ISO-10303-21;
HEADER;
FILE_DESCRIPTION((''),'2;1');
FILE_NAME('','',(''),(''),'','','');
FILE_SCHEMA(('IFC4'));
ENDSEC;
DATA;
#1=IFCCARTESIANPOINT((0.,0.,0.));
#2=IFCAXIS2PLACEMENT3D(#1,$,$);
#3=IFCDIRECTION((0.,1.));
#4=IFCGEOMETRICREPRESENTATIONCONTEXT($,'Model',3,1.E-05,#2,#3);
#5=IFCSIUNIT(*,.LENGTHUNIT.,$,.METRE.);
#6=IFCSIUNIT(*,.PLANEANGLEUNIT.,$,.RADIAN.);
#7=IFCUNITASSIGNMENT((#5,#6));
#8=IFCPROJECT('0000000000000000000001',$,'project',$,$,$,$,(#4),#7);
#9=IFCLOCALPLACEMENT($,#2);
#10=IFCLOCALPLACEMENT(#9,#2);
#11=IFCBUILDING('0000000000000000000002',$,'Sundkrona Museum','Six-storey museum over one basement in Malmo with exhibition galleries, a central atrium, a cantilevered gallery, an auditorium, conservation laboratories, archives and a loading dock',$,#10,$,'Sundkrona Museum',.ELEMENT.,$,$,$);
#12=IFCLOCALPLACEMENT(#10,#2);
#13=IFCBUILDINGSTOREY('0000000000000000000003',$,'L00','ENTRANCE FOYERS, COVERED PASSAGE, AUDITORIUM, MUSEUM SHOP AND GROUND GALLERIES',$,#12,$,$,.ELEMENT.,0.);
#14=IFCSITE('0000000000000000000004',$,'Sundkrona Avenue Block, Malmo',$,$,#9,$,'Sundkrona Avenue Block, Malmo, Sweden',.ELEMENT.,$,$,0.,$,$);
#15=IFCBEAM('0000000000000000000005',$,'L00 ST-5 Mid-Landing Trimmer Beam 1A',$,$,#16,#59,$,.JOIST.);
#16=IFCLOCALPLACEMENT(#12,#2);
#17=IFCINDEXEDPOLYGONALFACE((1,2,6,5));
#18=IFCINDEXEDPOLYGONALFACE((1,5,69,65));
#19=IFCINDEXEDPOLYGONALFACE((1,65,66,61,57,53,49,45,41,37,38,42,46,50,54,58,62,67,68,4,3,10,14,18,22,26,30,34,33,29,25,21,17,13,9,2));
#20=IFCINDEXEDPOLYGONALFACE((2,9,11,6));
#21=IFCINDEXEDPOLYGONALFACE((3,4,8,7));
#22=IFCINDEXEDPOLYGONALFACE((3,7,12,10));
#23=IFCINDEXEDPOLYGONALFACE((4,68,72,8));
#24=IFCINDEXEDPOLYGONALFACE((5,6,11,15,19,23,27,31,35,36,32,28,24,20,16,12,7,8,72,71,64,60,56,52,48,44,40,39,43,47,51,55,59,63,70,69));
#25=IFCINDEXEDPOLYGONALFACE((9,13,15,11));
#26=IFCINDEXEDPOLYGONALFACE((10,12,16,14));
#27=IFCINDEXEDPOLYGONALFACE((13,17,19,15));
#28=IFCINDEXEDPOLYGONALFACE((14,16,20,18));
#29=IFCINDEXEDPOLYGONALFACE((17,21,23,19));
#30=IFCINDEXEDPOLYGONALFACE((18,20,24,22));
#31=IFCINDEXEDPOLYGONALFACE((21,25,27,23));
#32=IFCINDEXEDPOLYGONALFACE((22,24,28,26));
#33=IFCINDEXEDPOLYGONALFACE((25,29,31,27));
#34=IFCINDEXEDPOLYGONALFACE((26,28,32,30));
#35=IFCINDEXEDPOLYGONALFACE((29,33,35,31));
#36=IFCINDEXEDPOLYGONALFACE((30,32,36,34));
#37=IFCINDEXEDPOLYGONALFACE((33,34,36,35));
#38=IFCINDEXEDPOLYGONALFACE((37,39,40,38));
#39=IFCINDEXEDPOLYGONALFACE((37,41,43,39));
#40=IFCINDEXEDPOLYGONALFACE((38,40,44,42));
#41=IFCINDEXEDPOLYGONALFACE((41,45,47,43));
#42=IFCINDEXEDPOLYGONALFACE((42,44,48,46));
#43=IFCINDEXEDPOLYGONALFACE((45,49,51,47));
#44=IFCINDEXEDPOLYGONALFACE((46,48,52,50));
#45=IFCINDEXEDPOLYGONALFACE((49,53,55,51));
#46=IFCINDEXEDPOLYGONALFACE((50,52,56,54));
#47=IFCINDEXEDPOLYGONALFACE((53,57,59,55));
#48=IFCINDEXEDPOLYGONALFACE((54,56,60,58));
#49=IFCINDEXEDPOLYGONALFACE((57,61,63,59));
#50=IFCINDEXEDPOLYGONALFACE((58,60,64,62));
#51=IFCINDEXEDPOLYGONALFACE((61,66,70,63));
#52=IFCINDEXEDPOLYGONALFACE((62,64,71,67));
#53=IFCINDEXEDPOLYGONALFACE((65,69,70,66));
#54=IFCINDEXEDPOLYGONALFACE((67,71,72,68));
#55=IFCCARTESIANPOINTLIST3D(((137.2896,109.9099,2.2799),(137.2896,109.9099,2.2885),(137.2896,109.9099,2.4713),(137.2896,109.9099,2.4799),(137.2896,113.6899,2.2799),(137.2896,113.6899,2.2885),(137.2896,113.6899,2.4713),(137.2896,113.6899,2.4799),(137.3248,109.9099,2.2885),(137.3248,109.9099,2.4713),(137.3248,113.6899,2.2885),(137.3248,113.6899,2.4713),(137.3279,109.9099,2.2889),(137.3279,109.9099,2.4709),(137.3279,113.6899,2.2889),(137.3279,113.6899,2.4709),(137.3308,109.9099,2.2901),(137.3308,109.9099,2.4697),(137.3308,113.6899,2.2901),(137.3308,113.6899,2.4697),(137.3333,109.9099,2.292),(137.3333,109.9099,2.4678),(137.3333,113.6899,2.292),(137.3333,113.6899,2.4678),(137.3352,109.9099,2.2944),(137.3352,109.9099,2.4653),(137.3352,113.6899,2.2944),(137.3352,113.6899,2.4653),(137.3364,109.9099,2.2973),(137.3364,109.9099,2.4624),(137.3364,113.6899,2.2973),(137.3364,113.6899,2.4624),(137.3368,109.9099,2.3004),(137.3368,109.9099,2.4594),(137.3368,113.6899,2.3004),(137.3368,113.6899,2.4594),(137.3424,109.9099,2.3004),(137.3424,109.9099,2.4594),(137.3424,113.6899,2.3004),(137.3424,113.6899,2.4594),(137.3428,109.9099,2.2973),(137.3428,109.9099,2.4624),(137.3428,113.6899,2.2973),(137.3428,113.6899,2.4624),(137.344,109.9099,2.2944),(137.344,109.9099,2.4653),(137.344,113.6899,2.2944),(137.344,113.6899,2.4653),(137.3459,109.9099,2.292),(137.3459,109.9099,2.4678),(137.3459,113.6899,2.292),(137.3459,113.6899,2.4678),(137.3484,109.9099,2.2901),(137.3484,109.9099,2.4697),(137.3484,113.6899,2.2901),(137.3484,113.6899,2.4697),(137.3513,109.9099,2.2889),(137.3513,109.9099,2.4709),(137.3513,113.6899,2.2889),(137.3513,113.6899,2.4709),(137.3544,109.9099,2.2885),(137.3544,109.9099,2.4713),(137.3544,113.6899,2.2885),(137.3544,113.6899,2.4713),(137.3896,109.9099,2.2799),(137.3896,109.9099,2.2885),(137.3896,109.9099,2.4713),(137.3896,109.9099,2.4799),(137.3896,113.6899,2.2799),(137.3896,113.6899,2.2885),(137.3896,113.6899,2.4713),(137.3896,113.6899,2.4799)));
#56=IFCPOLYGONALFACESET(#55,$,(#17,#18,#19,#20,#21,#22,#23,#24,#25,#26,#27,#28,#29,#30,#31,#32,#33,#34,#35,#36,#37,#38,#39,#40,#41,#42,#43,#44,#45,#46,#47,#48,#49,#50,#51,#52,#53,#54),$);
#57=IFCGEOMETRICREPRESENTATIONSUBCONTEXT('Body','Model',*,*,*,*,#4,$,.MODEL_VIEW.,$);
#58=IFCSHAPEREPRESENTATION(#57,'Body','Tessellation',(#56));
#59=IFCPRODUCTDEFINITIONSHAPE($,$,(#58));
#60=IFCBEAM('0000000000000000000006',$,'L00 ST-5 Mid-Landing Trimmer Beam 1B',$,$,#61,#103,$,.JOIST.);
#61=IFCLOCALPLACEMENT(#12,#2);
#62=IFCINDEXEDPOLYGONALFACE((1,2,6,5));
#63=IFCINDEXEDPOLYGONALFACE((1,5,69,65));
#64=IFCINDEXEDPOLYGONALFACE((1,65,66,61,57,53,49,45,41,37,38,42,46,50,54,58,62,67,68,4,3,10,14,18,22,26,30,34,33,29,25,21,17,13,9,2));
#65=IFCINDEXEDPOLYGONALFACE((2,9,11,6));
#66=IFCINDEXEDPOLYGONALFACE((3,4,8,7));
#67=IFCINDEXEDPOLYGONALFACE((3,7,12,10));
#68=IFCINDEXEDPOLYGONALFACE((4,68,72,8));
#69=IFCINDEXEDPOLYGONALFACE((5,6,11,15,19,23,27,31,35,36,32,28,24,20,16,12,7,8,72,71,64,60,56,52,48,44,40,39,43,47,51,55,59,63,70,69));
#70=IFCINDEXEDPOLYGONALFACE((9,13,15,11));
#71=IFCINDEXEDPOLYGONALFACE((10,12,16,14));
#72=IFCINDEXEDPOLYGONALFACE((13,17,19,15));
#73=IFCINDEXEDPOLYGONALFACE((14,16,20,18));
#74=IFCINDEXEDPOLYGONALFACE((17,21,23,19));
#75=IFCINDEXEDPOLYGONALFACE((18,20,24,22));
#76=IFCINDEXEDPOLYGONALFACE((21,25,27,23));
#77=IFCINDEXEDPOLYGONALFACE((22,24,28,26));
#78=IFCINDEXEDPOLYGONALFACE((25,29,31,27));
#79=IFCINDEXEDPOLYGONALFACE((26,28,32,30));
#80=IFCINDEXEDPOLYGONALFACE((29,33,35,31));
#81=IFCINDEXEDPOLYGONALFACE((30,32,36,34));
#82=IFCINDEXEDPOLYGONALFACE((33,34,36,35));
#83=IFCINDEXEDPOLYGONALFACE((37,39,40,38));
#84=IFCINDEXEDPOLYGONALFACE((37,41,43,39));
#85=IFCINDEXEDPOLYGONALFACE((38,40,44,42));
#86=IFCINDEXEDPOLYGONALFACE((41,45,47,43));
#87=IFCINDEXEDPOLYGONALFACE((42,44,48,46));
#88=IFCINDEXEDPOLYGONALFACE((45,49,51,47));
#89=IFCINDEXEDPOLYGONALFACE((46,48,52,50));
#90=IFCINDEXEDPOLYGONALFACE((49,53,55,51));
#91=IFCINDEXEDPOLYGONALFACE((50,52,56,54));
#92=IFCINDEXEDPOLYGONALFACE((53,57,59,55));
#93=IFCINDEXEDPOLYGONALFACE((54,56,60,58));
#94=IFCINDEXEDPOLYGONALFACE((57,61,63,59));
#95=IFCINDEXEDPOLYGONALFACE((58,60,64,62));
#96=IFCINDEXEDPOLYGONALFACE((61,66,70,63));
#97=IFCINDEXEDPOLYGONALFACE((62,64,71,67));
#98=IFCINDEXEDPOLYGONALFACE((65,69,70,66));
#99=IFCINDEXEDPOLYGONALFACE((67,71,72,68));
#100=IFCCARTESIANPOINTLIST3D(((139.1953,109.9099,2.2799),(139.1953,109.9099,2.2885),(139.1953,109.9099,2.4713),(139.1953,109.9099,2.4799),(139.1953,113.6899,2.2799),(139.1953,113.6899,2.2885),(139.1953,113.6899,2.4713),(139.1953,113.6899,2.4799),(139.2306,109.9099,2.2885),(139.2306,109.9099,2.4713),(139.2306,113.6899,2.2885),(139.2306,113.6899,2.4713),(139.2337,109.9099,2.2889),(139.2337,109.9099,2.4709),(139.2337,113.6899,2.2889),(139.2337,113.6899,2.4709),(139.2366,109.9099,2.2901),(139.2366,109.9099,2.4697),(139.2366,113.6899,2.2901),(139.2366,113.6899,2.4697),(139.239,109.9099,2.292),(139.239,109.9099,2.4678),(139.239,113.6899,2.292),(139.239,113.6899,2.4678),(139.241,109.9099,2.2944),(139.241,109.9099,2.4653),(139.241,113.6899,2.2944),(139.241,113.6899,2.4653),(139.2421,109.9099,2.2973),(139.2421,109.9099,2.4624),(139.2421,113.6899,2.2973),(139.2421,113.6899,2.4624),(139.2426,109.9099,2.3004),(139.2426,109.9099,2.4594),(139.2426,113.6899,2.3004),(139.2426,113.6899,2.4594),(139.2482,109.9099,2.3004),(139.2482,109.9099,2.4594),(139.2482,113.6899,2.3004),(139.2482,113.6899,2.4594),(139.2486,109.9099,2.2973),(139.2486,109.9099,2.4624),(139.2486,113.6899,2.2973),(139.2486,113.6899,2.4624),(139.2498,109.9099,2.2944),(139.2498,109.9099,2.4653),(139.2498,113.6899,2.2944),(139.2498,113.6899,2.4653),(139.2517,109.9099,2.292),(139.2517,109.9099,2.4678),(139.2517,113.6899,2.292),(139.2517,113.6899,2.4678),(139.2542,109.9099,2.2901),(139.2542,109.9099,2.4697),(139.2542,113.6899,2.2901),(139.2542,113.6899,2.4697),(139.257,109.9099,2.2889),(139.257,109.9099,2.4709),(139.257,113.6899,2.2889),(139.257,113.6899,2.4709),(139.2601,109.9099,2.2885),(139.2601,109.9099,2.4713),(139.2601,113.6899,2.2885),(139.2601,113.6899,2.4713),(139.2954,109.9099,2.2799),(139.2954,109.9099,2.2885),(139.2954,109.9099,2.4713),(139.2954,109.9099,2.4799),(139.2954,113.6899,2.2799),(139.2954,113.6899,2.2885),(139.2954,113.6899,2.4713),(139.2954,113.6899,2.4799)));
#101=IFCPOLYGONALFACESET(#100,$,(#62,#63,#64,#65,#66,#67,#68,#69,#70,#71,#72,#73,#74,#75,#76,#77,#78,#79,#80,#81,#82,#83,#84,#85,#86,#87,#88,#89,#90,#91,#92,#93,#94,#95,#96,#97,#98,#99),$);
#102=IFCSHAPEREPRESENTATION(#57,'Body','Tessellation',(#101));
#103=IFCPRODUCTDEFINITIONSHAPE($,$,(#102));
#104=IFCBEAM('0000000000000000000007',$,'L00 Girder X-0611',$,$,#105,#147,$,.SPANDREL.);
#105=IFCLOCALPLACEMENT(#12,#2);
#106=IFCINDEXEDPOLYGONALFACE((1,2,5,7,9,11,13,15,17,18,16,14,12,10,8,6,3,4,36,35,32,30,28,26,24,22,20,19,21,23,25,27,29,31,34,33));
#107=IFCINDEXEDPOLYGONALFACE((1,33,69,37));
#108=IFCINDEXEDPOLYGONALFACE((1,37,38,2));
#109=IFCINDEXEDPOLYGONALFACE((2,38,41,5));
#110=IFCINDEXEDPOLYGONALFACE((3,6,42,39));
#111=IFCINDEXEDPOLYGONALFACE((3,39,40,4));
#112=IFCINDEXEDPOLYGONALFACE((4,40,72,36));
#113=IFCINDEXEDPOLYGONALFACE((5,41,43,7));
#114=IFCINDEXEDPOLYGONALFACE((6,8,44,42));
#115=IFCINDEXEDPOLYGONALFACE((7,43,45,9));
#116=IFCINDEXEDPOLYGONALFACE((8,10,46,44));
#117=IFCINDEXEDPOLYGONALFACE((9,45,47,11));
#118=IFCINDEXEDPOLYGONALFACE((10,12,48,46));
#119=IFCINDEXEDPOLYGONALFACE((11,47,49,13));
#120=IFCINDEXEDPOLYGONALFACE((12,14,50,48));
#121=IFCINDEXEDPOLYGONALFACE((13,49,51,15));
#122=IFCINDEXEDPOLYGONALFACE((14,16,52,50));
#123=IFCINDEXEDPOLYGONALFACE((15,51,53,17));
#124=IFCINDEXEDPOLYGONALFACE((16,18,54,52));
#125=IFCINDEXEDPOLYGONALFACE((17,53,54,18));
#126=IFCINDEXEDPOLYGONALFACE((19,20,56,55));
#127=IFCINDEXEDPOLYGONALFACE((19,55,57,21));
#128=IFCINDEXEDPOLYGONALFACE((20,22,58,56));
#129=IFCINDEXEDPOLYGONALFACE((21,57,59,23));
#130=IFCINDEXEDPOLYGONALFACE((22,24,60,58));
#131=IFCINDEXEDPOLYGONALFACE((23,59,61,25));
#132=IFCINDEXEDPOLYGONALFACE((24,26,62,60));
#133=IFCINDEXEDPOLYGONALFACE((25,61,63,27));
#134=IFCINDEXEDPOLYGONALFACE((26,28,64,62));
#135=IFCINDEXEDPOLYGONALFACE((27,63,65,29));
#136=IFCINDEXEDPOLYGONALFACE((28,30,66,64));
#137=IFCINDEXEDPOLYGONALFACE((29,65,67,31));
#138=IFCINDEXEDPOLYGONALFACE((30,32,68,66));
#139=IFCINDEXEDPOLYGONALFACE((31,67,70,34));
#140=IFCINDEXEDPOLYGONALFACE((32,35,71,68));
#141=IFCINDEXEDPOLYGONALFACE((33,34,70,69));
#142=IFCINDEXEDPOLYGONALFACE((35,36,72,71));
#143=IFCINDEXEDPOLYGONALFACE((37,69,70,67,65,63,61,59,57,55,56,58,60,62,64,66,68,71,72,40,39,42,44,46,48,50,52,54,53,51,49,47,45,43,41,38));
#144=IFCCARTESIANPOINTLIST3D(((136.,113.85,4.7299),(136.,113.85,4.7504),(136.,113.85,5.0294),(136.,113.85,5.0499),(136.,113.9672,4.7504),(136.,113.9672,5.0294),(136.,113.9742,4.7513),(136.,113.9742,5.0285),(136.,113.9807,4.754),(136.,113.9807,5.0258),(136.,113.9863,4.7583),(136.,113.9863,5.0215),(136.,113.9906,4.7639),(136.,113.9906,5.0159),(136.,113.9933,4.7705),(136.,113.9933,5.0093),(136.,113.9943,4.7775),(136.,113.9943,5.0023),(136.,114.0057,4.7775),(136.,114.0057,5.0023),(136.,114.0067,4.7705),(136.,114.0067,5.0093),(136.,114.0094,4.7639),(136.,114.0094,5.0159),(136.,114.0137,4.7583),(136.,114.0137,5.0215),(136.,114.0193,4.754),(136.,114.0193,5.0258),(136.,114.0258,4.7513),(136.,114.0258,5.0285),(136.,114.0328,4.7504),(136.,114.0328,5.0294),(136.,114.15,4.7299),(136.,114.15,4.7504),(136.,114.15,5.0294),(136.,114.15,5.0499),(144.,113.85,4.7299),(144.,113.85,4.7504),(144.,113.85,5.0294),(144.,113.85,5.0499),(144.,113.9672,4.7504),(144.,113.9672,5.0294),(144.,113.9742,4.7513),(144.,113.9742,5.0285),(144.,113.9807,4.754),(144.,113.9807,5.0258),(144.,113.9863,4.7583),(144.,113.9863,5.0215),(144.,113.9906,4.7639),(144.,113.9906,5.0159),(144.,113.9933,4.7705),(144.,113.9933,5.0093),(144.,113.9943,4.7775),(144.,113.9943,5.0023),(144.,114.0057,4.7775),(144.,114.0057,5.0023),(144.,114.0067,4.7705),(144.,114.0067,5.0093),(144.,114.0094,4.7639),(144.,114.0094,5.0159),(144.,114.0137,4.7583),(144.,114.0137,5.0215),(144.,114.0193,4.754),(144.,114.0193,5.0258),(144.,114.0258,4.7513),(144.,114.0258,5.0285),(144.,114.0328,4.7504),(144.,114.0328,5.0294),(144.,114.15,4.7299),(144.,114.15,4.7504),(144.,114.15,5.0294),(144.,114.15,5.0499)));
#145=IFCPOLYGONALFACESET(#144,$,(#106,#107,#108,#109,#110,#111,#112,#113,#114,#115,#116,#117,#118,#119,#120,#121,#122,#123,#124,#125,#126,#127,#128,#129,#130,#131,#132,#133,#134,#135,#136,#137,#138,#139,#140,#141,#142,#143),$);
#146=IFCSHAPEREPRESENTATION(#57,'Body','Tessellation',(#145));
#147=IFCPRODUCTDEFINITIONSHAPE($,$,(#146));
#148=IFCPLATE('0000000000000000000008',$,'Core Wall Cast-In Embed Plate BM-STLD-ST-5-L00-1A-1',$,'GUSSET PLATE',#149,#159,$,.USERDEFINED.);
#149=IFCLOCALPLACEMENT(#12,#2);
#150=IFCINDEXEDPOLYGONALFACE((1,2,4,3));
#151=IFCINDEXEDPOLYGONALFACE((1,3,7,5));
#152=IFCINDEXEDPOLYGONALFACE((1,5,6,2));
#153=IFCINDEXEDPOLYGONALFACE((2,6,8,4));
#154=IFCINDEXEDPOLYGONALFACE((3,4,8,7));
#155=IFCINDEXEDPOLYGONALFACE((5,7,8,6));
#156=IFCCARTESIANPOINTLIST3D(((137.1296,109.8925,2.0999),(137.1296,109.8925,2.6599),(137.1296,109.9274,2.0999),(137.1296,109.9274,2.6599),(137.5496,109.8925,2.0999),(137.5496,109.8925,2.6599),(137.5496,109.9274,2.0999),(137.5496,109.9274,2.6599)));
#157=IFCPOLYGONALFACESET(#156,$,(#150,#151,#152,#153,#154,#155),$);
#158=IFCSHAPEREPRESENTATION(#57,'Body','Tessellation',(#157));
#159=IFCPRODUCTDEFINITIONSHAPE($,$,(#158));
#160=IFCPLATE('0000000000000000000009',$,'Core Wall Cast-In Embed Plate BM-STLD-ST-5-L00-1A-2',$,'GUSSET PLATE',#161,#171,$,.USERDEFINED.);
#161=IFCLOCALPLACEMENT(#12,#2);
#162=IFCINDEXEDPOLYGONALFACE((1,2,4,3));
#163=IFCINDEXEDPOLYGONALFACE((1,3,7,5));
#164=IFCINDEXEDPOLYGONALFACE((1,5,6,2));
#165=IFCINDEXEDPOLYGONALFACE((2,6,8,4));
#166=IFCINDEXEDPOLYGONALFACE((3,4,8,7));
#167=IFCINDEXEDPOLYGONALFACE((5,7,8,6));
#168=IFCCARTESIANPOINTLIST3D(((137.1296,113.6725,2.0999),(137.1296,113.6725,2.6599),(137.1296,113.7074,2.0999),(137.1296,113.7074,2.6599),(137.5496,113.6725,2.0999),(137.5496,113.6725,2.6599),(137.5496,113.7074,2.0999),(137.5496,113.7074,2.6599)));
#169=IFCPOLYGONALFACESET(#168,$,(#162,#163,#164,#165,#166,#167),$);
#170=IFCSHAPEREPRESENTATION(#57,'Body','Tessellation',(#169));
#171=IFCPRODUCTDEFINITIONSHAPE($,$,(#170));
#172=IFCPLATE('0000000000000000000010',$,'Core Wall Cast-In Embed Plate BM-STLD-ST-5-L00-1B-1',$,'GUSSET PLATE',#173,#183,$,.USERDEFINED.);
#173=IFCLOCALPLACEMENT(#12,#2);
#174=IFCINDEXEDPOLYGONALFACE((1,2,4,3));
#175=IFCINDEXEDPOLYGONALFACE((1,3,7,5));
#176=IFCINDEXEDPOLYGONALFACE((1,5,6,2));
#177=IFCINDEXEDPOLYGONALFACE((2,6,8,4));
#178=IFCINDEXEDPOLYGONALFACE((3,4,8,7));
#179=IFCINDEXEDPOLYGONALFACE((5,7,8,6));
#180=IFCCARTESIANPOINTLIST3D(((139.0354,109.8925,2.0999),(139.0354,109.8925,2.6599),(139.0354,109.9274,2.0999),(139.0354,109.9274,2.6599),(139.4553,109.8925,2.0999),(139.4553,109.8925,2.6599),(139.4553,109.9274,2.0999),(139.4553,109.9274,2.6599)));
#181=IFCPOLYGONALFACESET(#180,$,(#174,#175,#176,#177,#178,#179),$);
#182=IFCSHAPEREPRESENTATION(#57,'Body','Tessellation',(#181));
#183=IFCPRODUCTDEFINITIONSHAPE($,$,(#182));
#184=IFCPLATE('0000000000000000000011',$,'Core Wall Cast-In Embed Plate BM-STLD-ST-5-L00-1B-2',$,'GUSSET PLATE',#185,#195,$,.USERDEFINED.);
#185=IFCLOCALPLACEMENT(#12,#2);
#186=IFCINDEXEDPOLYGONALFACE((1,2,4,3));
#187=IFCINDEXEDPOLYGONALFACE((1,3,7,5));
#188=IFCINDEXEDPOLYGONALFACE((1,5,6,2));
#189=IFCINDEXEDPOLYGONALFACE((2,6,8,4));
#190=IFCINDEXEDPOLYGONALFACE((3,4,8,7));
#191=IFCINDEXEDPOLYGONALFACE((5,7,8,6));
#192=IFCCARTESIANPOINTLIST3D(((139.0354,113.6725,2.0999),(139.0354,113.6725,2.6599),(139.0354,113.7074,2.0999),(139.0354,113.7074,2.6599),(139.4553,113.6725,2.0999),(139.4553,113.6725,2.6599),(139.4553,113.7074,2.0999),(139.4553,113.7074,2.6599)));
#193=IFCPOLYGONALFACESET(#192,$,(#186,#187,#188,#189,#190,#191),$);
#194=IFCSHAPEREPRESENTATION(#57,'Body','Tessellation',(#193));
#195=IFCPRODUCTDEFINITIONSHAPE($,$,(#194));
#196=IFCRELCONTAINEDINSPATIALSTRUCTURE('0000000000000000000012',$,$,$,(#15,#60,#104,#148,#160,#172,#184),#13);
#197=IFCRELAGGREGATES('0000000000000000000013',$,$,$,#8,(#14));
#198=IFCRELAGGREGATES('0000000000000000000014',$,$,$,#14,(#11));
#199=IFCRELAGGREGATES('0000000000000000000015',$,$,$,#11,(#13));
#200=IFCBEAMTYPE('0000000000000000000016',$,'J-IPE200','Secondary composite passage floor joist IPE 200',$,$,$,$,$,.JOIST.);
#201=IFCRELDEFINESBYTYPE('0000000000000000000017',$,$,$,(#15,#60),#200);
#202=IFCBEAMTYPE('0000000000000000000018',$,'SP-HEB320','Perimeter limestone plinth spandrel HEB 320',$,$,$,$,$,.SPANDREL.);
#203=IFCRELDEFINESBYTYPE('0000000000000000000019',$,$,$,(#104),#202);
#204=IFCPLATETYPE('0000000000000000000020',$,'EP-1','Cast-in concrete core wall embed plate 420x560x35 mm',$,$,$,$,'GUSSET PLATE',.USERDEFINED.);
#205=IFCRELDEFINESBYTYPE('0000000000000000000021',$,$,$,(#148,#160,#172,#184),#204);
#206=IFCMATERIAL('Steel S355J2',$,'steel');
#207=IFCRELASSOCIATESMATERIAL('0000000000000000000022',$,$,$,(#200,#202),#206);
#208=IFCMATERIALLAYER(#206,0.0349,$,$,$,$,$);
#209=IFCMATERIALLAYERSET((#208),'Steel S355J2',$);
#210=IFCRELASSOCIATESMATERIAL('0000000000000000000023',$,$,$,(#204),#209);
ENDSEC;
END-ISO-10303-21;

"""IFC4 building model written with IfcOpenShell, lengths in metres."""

from ifc_helpers import new_model, si_unit, direction, frame, origin, origin_2d, place, context, subcontext, project, spatial, rectangle, i_section, extrude, material, layer, layer_set, material_profile, profile_set, type_object, element, save


model = new_model("IFC4")

# Units and contexts
model_context = context("Model", 3, precision=1e-05, world=origin(), true_north=direction((0.0, 1.0)))
body_context = subcontext(model_context, "Body", "Model", "MODEL_VIEW")
ifc_project = project(units=[si_unit("LENGTHUNIT", "METRE"), si_unit("PLANEANGLEUNIT", "RADIAN")], contexts=[model_context])

# Site, building, storey
site_placement = place(None, origin())
site = spatial("IfcSite", under=ifc_project, at=site_placement, Name="Sundkrona Avenue Block, Malmo", LongName="Sundkrona Avenue Block, Malmo, Sweden", CompositionType="ELEMENT", RefElevation=0.0)
building_placement = place(site_placement, origin())
building = spatial("IfcBuilding", under=site, at=building_placement, Name="Sundkrona Museum", Description="Six-storey museum over one basement in Malmo with exhibition galleries, a central atrium, a cantilevered gallery, an auditorium, conservation laboratories, archives and a loading dock", LongName="Sundkrona Museum", CompositionType="ELEMENT")
storey_placement = place(building_placement, origin())
storey = spatial("IfcBuildingStorey", under=building, at=storey_placement, Name="L00", Description="ENTRANCE FOYERS, COVERED PASSAGE, AUDITORIUM, MUSEUM SHOP AND GROUND GALLERIES", CompositionType="ELEMENT", Elevation=0.0)

# Shared definitions
ifc_material_1 = material(Name="Steel S355J2", Category="steel")

# Beams
ifc_material_profile_1 = material_profile(ifc_material_1, i_section(OverallWidth=0.1001, OverallDepth=0.2, WebThickness=0.0056, FlangeThickness=0.0085, FilletRadius=0.012, at=origin_2d()), Name="IPE 200")
ifc_profile_set_1 = profile_set([ifc_material_profile_1], Name="Steel S355J2")
beam_type_1 = type_object("IfcBeamType", Name="J-IPE200", Description="Secondary composite passage floor joist IPE 200", PredefinedType="JOIST", material=ifc_profile_set_1)
for number, where, z_axis, x_axis, name in (
    (1, (137.3396, 109.9099, 2.3799), (0.0, 1.0, 0.0), (-1.0, 0.0, 0.0), "L00 ST-5 Mid-Landing Trimmer Beam 1A"),
    (2, (139.2454, 109.9099, 2.3799), (0.0, 1.0, 0.0), (-1.0, 0.0, 0.0), "L00 ST-5 Mid-Landing Trimmer Beam 1B"),
):
    element("IfcBeam", number, at=place(storey_placement, frame(where, z_axis=z_axis, x_axis=x_axis)), inside=storey, type_object=beam_type_1, Name=name, PredefinedType="JOIST", context=body_context, shape_type="SweptSolid", body=[
        extrude(i_section(OverallWidth=0.1001, OverallDepth=0.2, WebThickness=0.0056, FlangeThickness=0.0085, FilletRadius=0.012, at=origin_2d()), origin(), (0.0, 0.0, 1.0), 3.78),
    ])
ifc_material_profile_2 = material_profile(ifc_material_1, i_section(OverallWidth=0.3, OverallDepth=0.3201, WebThickness=0.0115, FlangeThickness=0.0205, FilletRadius=0.0271, at=origin_2d()), Name="HEB 320")
ifc_profile_set_2 = profile_set([ifc_material_profile_2], Name="Steel S355J2")
beam_type_2 = type_object("IfcBeamType", Name="SP-HEB320", Description="Perimeter limestone plinth spandrel HEB 320", PredefinedType="SPANDREL", material=ifc_profile_set_2)
beam_1_placement = place(storey_placement, frame((136.0, 114.0, 4.8899), z_axis=(1.0, 0.0, 0.0), x_axis=(0.0, 1.0, 0.0)))
element("IfcBeam", 3, at=beam_1_placement, inside=storey, type_object=beam_type_2, Name="L00 Girder X-0611", PredefinedType="SPANDREL", context=body_context, shape_type="SweptSolid", body=[
    extrude(i_section(OverallWidth=0.3, OverallDepth=0.3201, WebThickness=0.0115, FlangeThickness=0.0205, FilletRadius=0.0271, at=origin_2d()), origin(), (0.0, 0.0, 1.0), 8.0),
])

# Plates
ifc_layer_1 = layer(ifc_material_1, 0.0349)
ifc_layer_set_1 = layer_set([ifc_layer_1], Name="Steel S355J2")
plate_type = type_object("IfcPlateType", Name="EP-1", Description="Cast-in concrete core wall embed plate 420x560x35 mm", ElementType="GUSSET PLATE", PredefinedType="USERDEFINED", material=ifc_layer_set_1)
for number, where, z_axis, x_axis, name in (
    (4, (137.3396, 109.9099, 2.0999), (0.0, 0.0, 1.0), (1.0, 0.0, 0.0), "Core Wall Cast-In Embed Plate BM-STLD-ST-5-L00-1A-1"),
    (5, (137.3396, 113.6899, 2.0999), (0.0, 0.0, 1.0), (1.0, 0.0, 0.0), "Core Wall Cast-In Embed Plate BM-STLD-ST-5-L00-1A-2"),
    (6, (139.2454, 109.9099, 2.0999), (0.0, 0.0, 1.0), (1.0, 0.0, 0.0), "Core Wall Cast-In Embed Plate BM-STLD-ST-5-L00-1B-1"),
    (7, (139.2454, 113.6899, 2.0999), (0.0, 0.0, 1.0), (1.0, 0.0, 0.0), "Core Wall Cast-In Embed Plate BM-STLD-ST-5-L00-1B-2"),
):
    element("IfcPlate", number, at=place(storey_placement, frame(where, z_axis=z_axis, x_axis=x_axis)), inside=storey, type_object=plate_type, Name=name, ObjectType="GUSSET PLATE", PredefinedType="USERDEFINED", context=body_context, shape_type="SweptSolid", body=[
        extrude(rectangle(XDim=0.4199, YDim=0.0349, at=origin_2d()), origin(), (0.0, 0.0, 1.0), 0.5601),
    ])

save(model, "model.ifc")
